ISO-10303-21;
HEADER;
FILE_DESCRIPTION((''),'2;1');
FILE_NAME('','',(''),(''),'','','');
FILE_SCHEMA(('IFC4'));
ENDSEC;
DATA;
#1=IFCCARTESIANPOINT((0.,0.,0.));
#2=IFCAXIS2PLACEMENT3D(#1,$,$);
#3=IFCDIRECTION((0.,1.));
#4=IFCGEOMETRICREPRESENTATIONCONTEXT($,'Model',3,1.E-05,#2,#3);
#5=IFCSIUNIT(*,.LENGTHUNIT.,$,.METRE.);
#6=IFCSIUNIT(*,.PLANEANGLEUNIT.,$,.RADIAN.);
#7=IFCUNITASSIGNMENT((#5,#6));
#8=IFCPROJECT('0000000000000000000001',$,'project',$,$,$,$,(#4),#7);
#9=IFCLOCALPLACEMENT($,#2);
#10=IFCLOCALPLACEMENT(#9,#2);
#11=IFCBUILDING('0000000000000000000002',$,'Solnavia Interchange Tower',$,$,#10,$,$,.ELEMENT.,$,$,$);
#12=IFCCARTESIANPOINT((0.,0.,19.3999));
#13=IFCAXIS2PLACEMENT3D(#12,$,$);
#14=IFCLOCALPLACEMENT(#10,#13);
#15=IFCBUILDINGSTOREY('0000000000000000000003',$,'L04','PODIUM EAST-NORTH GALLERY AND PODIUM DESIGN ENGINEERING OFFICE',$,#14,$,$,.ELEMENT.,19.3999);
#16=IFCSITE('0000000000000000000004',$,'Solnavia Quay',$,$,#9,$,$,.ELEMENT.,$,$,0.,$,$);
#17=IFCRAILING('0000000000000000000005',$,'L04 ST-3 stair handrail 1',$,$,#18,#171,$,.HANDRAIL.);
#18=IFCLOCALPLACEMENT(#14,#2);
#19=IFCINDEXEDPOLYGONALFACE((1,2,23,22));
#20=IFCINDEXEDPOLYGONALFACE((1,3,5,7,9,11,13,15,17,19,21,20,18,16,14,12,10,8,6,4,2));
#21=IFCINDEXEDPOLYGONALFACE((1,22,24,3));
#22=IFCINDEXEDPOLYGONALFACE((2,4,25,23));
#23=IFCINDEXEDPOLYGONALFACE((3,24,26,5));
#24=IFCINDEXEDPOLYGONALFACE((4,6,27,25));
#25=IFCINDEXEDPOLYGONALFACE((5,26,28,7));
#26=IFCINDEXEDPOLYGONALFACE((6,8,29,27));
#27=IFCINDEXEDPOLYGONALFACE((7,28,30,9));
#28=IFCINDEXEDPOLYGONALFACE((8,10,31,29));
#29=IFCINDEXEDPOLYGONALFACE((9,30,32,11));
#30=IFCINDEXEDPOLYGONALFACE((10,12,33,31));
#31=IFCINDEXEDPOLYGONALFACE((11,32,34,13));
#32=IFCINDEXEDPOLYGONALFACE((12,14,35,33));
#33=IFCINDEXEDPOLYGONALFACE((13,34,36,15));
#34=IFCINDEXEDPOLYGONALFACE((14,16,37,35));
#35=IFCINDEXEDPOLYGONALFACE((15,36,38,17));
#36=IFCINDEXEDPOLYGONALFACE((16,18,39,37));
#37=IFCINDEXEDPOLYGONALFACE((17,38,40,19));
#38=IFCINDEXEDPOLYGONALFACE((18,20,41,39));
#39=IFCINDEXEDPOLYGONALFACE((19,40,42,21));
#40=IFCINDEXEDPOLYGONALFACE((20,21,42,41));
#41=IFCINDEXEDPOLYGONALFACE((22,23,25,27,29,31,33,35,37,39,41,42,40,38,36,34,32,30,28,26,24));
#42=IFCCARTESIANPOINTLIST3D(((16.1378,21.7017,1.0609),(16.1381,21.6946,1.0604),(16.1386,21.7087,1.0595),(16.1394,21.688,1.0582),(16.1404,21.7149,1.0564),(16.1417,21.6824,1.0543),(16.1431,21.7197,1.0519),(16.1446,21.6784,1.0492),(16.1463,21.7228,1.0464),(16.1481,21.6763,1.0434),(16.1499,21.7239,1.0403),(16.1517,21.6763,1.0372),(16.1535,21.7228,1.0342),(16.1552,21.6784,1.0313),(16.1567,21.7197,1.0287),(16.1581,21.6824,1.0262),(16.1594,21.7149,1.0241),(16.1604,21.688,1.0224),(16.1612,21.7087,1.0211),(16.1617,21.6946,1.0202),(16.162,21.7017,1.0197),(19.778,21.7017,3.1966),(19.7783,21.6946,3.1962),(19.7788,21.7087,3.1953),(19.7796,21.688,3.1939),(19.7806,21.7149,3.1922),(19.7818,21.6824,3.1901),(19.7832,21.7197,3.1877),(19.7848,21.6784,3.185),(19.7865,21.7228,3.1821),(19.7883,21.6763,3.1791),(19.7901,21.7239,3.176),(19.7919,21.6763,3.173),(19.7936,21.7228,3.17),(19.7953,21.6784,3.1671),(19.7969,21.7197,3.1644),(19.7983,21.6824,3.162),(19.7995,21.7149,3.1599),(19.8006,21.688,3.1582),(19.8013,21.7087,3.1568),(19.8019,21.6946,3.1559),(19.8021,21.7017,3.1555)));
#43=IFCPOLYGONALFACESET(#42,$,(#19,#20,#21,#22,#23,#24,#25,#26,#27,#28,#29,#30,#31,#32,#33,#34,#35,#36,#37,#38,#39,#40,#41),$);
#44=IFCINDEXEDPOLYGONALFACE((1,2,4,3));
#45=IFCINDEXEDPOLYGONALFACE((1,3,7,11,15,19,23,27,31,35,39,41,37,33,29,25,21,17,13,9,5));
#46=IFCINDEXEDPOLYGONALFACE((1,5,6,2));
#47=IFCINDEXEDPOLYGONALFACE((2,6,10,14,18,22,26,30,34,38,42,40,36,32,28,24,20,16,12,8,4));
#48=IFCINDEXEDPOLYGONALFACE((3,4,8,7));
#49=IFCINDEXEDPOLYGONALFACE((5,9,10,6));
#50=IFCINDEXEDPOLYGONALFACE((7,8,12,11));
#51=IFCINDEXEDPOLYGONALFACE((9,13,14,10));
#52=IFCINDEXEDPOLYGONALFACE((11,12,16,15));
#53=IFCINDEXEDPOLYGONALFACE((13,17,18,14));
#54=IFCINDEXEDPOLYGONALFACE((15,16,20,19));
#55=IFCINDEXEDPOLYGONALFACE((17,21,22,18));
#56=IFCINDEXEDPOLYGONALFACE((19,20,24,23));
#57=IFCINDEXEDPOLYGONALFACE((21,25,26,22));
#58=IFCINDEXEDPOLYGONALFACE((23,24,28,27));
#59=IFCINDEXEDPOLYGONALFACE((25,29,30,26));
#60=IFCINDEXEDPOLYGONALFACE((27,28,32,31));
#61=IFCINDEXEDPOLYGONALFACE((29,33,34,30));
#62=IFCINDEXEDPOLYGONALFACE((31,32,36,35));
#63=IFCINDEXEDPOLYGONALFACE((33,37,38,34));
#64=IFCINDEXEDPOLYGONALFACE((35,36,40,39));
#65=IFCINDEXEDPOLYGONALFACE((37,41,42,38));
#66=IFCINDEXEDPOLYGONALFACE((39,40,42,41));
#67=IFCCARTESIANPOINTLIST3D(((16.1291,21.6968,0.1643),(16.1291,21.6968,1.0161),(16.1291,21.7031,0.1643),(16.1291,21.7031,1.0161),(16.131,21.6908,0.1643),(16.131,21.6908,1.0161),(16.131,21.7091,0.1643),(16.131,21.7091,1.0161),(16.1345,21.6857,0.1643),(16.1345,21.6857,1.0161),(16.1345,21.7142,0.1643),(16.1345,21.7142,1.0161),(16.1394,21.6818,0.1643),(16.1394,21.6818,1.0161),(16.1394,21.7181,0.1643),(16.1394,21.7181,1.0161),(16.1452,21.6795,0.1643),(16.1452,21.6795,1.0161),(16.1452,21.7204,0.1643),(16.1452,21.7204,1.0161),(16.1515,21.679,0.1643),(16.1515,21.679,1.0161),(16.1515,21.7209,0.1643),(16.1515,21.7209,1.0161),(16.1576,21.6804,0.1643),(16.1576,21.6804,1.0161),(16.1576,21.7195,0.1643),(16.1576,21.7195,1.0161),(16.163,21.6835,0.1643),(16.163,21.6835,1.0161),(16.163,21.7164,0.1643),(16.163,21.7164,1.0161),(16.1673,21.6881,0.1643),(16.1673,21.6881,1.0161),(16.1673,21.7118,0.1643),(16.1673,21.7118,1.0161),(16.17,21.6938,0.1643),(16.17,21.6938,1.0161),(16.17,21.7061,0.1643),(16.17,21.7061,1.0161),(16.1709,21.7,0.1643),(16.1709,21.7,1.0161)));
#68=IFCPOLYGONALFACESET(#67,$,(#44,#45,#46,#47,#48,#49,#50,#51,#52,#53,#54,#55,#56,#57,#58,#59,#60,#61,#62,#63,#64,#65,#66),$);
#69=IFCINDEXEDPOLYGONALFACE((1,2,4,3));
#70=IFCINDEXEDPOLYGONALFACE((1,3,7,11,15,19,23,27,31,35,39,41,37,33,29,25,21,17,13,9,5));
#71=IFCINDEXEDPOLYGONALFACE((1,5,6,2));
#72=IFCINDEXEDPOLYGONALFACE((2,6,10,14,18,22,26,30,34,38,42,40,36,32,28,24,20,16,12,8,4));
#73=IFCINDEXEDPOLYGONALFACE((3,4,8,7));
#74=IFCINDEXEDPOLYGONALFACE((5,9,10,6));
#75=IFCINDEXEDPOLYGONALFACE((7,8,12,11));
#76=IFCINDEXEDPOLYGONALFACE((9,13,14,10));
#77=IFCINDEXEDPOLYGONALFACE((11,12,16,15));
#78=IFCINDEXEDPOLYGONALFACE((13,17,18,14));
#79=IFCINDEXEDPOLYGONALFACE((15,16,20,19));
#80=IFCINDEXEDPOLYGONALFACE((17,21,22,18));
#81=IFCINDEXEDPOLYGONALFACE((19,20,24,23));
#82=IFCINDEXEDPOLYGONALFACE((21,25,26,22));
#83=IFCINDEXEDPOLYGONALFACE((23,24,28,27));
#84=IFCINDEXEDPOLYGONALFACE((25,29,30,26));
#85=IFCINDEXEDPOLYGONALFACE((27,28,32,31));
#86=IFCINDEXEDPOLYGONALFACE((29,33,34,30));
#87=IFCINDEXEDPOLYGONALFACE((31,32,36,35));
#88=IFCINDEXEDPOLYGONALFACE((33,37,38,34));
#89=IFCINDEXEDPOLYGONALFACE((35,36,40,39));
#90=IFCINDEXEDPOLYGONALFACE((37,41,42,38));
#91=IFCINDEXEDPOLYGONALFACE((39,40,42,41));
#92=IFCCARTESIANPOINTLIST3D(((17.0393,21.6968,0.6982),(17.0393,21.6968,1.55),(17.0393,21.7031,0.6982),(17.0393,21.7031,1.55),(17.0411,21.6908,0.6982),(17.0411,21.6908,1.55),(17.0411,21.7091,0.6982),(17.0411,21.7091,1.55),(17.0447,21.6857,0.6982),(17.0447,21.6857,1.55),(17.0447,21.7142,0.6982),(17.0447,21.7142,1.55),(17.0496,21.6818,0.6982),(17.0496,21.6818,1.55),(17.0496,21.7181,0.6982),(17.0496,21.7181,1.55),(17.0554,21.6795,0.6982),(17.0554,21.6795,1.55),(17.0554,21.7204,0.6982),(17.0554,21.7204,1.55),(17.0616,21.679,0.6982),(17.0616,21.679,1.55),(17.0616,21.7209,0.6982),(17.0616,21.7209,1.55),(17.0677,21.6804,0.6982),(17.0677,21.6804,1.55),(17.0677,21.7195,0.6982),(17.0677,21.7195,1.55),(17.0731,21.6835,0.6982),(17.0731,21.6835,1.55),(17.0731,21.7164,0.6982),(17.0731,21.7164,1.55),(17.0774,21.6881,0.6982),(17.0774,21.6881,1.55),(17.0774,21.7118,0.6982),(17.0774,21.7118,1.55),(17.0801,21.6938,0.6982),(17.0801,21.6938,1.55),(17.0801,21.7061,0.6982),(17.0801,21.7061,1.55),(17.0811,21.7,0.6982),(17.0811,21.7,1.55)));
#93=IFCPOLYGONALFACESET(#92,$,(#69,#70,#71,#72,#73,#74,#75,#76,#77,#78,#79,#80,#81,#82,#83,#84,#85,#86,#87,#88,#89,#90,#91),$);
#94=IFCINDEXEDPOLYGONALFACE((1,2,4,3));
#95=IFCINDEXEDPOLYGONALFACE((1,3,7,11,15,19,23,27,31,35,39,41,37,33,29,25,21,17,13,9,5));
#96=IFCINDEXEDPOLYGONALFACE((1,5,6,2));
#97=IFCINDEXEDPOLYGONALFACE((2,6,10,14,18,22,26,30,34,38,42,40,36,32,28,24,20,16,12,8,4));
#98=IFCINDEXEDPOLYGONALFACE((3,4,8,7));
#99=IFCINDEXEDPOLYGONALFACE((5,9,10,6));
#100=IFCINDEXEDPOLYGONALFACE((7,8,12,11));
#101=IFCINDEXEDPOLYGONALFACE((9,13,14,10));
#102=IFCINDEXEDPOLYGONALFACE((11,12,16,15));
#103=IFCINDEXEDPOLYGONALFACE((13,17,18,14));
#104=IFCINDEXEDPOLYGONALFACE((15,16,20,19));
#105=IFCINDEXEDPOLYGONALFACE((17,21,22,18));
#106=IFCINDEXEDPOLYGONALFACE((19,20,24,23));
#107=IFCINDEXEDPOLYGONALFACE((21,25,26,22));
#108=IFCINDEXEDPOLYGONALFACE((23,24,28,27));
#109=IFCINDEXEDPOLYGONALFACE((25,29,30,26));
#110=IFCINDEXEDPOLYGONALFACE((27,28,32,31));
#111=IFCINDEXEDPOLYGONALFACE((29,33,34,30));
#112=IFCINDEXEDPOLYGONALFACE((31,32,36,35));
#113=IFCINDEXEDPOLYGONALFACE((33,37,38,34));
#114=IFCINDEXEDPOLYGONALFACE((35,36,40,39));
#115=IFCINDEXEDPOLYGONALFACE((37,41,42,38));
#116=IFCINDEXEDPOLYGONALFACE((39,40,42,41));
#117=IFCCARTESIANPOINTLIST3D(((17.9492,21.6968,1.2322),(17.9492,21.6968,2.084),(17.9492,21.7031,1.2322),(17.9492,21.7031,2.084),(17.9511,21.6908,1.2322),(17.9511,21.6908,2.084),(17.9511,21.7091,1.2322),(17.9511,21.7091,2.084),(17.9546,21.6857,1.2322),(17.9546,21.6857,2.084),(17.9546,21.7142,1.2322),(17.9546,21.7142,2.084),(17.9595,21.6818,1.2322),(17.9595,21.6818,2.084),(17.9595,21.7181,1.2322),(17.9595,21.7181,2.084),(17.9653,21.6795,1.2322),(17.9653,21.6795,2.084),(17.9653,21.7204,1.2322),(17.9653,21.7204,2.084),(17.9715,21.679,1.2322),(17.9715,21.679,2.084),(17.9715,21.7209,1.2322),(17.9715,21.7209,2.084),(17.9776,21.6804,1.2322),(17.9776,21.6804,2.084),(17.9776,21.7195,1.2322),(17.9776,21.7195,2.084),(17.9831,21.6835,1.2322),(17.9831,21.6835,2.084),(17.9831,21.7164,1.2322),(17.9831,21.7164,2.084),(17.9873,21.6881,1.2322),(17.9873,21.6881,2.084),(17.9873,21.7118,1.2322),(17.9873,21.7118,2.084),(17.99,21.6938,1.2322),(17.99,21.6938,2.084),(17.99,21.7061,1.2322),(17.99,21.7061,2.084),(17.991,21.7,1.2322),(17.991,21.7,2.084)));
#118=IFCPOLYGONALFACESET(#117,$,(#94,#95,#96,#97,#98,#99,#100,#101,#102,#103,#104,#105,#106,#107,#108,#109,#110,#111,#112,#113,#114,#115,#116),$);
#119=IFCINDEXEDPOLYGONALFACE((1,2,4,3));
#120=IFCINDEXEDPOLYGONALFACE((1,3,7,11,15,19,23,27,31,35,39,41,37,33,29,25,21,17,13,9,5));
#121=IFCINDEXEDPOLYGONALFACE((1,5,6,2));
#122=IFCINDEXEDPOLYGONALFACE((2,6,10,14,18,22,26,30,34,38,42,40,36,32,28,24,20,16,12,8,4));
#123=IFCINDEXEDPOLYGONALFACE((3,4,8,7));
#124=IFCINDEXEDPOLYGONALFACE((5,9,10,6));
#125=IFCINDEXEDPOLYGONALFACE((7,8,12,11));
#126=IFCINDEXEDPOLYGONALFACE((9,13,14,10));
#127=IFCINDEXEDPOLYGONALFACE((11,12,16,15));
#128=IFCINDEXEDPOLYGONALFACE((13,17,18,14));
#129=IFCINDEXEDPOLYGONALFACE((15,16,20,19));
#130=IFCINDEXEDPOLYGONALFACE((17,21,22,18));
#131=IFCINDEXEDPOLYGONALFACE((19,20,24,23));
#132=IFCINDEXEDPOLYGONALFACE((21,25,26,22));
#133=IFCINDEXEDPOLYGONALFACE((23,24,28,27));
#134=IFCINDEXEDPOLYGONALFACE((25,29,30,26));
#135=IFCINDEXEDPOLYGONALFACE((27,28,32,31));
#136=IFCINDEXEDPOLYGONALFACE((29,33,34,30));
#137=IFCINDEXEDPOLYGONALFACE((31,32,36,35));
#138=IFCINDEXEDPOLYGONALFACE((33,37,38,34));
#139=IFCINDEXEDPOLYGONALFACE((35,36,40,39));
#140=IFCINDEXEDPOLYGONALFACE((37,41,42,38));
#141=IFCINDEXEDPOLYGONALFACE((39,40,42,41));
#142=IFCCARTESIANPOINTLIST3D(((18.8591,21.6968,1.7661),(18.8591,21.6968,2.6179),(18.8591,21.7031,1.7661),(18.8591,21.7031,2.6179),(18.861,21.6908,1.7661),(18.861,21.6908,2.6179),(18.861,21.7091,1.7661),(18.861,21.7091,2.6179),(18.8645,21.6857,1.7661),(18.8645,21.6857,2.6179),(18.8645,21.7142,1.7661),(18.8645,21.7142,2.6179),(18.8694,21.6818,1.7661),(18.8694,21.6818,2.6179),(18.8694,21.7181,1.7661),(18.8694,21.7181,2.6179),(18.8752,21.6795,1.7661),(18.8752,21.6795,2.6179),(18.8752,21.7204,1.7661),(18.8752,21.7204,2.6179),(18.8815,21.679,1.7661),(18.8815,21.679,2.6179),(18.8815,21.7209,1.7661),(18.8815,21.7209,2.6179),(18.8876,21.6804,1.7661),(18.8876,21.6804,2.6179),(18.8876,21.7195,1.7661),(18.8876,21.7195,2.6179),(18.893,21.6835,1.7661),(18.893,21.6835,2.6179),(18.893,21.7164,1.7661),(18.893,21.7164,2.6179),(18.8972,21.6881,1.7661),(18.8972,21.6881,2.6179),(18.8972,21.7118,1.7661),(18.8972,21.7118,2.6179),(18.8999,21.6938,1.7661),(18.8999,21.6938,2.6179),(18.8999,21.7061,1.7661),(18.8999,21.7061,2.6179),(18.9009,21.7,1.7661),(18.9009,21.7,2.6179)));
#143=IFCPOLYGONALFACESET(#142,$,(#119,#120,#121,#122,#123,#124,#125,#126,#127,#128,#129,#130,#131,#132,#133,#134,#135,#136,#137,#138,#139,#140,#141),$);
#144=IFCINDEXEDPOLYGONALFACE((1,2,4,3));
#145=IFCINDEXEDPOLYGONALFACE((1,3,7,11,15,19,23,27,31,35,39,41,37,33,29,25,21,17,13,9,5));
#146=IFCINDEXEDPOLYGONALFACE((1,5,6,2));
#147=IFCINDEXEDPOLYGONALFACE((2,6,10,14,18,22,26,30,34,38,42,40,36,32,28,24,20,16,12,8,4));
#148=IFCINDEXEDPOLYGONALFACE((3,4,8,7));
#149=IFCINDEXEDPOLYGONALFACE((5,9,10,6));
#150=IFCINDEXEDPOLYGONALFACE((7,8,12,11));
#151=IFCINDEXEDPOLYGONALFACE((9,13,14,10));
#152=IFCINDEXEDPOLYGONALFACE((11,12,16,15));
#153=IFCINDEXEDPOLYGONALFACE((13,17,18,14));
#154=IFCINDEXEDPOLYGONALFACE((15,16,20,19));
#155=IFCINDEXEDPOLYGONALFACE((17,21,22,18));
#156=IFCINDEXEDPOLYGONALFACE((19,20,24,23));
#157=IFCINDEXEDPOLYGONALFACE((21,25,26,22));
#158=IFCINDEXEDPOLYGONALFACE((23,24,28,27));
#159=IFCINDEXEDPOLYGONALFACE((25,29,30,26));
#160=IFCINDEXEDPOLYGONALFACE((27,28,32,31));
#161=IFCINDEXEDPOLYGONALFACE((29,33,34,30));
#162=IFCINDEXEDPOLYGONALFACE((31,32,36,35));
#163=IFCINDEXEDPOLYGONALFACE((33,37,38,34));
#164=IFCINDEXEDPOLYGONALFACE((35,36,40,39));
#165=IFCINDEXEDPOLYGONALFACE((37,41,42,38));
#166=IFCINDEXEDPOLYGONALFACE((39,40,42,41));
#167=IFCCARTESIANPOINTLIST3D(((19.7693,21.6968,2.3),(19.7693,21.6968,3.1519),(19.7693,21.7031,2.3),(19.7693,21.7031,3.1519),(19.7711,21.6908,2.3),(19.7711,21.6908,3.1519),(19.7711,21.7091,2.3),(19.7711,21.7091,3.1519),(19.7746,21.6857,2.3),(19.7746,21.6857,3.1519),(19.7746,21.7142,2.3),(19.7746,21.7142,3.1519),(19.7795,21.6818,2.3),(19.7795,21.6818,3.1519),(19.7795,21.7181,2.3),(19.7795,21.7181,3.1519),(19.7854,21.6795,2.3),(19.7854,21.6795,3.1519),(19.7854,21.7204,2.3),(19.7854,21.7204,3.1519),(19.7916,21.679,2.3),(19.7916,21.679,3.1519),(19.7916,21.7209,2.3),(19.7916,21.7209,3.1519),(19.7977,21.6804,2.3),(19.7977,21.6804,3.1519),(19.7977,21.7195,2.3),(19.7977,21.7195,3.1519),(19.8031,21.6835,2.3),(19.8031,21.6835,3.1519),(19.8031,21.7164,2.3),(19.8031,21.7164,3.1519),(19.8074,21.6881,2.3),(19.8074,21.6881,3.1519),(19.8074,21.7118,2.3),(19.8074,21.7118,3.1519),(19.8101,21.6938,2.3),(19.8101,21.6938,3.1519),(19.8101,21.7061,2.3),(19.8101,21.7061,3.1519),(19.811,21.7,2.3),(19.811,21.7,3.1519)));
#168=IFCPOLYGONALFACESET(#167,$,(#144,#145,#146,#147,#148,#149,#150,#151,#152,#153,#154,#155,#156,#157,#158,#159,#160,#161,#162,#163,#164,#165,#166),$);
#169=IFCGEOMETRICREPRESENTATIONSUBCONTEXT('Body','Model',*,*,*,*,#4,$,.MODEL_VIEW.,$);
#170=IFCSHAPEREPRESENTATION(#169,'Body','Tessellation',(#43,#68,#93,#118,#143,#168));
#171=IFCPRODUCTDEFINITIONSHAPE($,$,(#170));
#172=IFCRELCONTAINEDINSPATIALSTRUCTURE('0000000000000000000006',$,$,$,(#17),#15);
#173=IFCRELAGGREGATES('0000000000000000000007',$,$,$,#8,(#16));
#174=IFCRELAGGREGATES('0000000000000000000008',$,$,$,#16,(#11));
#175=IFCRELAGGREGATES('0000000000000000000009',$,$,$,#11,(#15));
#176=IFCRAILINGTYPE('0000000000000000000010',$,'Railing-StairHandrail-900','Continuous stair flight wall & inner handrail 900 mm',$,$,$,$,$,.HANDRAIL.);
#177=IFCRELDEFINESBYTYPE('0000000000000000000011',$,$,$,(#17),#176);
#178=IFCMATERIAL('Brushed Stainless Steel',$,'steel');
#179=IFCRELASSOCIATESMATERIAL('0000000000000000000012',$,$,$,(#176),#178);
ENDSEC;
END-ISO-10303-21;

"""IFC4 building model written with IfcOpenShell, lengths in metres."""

from ifc_helpers import new_model, si_unit, direction, frame, origin, origin_2d, place, context, subcontext, project, spatial, circle, extrude, material, type_object, element, save


model = new_model("IFC4")

# Units and contexts
model_context = context("Model", 3, precision=1e-05, world=origin(), true_north=direction((0.0, 1.0)))
body_context = subcontext(model_context, "Body", "Model", "MODEL_VIEW")
ifc_project = project(units=[si_unit("LENGTHUNIT", "METRE"), si_unit("PLANEANGLEUNIT", "RADIAN")], contexts=[model_context])

# Site, building, storey
site_placement = place(None, origin())
site = spatial("IfcSite", under=ifc_project, at=site_placement, Name="Solnavia Quay", CompositionType="ELEMENT", RefElevation=0.0)
building_placement = place(site_placement, origin())
building = spatial("IfcBuilding", under=site, at=building_placement, Name="Solnavia Interchange Tower", CompositionType="ELEMENT")
storey_placement = place(building_placement, frame((0.0, 0.0, 19.3999)))
storey = spatial("IfcBuildingStorey", under=building, at=storey_placement, Name="L04", Description="PODIUM EAST-NORTH GALLERY AND PODIUM DESIGN ENGINEERING OFFICE", CompositionType="ELEMENT", Elevation=19.3999)

# Railing
ifc_material_1 = material(Name="Brushed Stainless Steel", Category="steel")
railing_type_1 = type_object("IfcRailingType", Name="Railing-StairHandrail-900", Description="Continuous stair flight wall & inner handrail 900 mm", PredefinedType="HANDRAIL", material=ifc_material_1)
railing_1_placement = place(storey_placement, frame((16.1499, 21.7, 0.1643)))
element("IfcRailing", 1, at=railing_1_placement, inside=storey, type_object=railing_type_1, Name="L04 ST-3 stair handrail 1", PredefinedType="HANDRAIL", context=body_context, shape_type="SweptSolid", body=[
    extrude(circle(Radius=0.0239, at=origin_2d()), frame((0.0, 0.0, 0.876), z_axis=(0.862505, 0.0, 0.506049), x_axis=(0.0, 1.0, 0.0)), (0.0, 0.0, 1.0), 4.2205),
    extrude(circle(Radius=0.021, at=origin_2d()), origin(), (0.0, 0.0, 1.0), 0.8518),
    extrude(circle(Radius=0.021, at=origin_2d()), frame((0.9102, 0.0, 0.5339)), (0.0, 0.0, 1.0), 0.8518),
    extrude(circle(Radius=0.021, at=origin_2d()), frame((1.8201, 0.0, 1.0679)), (0.0, 0.0, 1.0), 0.8518),
    extrude(circle(Radius=0.021, at=origin_2d()), frame((2.73, 0.0, 1.6018)), (0.0, 0.0, 1.0), 0.8518),
    extrude(circle(Radius=0.021, at=origin_2d()), frame((3.6401, 0.0, 2.1357)), (0.0, 0.0, 1.0), 0.8518),
])

save(model, "model.ifc")
